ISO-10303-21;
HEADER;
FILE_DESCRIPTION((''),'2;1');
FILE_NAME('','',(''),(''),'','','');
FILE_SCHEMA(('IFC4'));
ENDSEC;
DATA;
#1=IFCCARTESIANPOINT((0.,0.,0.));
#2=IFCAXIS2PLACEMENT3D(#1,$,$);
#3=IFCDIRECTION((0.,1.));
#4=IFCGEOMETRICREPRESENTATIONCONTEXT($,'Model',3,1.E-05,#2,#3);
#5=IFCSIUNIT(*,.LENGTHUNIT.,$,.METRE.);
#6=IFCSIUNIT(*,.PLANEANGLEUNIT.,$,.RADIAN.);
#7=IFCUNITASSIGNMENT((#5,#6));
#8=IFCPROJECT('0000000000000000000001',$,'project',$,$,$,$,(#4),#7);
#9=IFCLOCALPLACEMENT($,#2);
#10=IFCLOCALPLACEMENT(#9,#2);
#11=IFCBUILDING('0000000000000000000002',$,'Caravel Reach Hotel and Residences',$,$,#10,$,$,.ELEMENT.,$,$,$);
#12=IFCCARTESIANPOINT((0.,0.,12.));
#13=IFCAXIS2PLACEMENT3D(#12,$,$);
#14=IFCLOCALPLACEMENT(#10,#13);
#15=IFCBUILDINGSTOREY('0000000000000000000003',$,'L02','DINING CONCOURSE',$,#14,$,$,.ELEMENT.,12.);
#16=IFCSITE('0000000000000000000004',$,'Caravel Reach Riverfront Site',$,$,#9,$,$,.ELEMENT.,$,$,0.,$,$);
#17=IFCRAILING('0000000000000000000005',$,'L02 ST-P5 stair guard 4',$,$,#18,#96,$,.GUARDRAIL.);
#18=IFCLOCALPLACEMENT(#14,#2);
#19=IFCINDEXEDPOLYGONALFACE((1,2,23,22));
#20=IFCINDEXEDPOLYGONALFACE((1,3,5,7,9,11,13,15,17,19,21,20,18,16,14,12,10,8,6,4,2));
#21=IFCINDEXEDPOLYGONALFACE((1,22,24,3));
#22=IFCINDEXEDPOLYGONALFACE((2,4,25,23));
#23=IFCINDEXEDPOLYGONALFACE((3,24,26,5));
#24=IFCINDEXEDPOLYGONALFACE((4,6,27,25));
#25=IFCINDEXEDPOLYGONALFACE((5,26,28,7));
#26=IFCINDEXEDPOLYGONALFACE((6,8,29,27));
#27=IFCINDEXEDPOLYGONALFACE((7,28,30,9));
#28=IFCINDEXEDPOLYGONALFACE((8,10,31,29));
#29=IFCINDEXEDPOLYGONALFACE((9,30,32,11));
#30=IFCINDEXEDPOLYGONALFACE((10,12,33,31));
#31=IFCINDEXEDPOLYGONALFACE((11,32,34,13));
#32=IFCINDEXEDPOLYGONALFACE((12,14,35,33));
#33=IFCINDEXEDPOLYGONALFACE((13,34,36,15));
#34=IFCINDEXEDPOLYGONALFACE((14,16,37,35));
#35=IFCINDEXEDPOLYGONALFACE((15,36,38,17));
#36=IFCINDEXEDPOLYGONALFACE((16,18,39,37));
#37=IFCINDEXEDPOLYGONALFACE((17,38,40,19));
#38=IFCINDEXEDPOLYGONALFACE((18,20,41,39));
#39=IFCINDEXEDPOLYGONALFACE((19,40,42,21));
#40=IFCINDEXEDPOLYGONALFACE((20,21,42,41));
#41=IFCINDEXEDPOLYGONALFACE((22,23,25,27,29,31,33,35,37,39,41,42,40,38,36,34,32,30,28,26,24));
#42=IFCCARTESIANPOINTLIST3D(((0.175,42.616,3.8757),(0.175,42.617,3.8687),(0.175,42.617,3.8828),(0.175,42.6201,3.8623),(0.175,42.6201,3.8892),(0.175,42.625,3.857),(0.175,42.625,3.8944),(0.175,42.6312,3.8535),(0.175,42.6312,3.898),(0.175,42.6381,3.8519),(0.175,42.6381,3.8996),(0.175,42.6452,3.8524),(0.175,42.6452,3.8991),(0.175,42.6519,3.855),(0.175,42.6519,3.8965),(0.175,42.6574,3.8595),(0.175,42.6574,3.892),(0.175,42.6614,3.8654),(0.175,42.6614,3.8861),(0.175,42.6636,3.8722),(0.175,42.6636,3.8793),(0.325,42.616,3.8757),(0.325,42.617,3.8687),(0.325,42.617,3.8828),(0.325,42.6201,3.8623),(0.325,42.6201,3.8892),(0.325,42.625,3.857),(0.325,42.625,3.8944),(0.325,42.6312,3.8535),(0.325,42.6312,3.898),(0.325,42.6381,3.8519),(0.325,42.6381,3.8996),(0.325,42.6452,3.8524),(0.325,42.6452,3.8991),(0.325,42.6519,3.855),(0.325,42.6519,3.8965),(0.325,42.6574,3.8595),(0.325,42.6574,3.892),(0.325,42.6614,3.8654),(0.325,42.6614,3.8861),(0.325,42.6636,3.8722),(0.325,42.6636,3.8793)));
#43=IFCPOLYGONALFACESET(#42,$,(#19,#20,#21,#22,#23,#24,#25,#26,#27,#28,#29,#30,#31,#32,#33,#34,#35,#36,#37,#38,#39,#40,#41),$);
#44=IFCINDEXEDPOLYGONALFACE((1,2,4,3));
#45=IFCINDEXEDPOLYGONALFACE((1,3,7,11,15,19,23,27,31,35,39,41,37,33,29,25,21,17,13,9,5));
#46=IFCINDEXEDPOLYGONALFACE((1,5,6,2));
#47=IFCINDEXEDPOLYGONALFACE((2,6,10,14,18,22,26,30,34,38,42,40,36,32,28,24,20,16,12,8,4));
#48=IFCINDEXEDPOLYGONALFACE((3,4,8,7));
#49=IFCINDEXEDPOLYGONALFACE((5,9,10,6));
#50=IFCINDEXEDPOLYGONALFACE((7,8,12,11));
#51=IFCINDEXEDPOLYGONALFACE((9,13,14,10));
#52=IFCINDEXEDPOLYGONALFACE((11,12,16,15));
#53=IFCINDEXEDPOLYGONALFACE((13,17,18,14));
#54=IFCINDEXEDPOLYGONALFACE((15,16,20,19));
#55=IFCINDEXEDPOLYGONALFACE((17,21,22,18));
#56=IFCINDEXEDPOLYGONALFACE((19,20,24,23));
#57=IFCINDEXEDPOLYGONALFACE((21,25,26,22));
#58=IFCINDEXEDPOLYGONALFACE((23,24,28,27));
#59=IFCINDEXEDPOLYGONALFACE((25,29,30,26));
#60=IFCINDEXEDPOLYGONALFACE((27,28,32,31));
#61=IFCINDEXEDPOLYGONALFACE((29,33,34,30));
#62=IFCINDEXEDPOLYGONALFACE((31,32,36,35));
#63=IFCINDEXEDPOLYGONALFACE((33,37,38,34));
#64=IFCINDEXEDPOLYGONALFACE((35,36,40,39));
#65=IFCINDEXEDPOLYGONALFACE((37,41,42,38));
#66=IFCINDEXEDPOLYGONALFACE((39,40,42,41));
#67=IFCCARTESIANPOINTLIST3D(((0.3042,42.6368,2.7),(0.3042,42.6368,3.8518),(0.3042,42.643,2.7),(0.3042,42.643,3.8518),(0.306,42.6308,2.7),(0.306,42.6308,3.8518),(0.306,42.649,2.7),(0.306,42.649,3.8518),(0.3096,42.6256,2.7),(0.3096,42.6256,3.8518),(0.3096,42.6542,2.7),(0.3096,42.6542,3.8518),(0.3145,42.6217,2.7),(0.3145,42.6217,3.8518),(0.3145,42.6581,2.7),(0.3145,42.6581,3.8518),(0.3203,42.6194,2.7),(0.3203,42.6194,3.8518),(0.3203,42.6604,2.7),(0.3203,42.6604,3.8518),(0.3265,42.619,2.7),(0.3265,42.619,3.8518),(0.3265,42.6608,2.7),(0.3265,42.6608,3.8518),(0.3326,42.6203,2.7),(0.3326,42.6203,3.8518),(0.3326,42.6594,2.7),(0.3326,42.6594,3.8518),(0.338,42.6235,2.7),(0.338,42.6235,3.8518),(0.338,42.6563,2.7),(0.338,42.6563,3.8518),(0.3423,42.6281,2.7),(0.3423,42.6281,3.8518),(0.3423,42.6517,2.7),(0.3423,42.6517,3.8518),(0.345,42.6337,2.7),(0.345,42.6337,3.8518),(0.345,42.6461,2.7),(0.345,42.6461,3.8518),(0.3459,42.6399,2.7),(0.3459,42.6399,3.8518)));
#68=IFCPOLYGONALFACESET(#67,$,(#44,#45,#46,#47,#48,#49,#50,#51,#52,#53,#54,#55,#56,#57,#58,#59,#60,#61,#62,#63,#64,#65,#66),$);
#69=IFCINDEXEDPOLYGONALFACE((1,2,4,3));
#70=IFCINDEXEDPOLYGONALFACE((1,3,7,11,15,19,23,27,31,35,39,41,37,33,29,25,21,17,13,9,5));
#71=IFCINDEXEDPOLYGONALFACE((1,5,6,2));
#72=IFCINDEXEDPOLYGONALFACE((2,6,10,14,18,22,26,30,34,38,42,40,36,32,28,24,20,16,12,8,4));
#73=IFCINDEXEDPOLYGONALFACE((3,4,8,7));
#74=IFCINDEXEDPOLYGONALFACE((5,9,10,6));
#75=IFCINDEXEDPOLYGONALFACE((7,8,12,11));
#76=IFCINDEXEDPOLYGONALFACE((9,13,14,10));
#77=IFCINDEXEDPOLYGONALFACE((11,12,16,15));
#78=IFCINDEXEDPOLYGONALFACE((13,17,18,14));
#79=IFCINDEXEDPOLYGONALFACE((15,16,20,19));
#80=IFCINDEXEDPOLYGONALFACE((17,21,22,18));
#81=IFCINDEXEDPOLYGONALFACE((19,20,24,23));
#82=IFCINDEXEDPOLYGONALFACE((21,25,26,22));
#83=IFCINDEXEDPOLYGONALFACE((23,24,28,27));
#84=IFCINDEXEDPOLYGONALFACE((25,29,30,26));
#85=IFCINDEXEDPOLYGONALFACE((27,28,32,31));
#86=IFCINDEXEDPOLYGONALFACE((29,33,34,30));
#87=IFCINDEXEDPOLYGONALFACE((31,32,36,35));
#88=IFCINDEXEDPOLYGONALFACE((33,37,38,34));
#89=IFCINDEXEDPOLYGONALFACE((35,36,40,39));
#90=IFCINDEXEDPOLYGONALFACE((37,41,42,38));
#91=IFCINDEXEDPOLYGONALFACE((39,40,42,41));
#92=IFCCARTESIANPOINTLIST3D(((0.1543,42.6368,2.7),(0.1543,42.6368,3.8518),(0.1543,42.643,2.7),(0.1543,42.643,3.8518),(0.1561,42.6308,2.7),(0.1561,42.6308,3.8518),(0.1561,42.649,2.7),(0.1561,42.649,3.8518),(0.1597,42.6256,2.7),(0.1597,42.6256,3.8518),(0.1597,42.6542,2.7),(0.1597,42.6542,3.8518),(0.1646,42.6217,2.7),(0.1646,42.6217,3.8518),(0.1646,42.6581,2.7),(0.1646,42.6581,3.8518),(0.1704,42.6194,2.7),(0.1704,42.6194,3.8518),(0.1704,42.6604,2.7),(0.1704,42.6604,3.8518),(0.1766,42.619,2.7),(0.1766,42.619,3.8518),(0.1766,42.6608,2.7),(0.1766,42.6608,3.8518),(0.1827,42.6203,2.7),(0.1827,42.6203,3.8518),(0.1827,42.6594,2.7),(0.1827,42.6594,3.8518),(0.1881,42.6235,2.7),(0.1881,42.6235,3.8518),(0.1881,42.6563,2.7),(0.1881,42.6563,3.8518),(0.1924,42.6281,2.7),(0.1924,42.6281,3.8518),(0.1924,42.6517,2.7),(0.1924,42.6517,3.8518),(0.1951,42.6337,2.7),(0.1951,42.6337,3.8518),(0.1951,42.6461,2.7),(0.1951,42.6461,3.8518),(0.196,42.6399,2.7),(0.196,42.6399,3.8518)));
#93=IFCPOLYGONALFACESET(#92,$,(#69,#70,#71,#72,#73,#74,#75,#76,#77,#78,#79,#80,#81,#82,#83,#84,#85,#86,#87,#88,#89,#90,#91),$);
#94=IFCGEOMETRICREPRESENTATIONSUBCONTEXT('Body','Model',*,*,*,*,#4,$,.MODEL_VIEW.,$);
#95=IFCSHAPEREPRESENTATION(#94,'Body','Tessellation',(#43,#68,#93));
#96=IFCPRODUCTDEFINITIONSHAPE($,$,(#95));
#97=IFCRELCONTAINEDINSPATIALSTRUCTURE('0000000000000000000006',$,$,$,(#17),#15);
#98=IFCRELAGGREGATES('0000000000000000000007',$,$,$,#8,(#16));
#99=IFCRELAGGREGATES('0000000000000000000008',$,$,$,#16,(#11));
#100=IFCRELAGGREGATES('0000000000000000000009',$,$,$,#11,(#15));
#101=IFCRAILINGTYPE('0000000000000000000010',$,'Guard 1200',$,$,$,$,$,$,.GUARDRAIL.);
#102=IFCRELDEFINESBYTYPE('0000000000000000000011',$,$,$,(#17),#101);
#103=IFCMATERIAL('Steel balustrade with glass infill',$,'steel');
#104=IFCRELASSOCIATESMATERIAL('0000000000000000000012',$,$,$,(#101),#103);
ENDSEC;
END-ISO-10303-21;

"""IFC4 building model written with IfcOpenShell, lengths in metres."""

from ifc_helpers import new_model, si_unit, direction, frame, origin, origin_2d, place, context, subcontext, project, spatial, circle, extrude, material, type_object, element, save


model = new_model("IFC4")

# Units and contexts
model_context = context("Model", 3, precision=1e-05, world=origin(), true_north=direction((0.0, 1.0)))
body_context = subcontext(model_context, "Body", "Model", "MODEL_VIEW")
ifc_project = project(units=[si_unit("LENGTHUNIT", "METRE"), si_unit("PLANEANGLEUNIT", "RADIAN")], contexts=[model_context])

# Site, building, storey
site_placement = place(None, origin())
site = spatial("IfcSite", under=ifc_project, at=site_placement, Name="Caravel Reach Riverfront Site", CompositionType="ELEMENT", RefElevation=0.0)
building_placement = place(site_placement, origin())
building = spatial("IfcBuilding", under=site, at=building_placement, Name="Caravel Reach Hotel and Residences", CompositionType="ELEMENT")
storey_placement = place(building_placement, frame((0.0, 0.0, 12.0)))
storey = spatial("IfcBuildingStorey", under=building, at=storey_placement, Name="L02", Description="DINING CONCOURSE", CompositionType="ELEMENT", Elevation=12.0)

# Railing
ifc_material_1 = material(Name="Steel balustrade with glass infill", Category="steel")
railing_type_1 = type_object("IfcRailingType", Name="Guard 1200", PredefinedType="GUARDRAIL", material=ifc_material_1)
railing_1_placement = place(storey_placement, frame((0.325, 42.6399, 2.7)))
element("IfcRailing", 1, at=railing_1_placement, inside=storey, type_object=railing_type_1, Name="L02 ST-P5 stair guard 4", PredefinedType="GUARDRAIL", context=body_context, shape_type="SweptSolid", body=[
    extrude(circle(Radius=0.0239, at=origin_2d()), frame((0.0, 0.0, 1.1758), z_axis=(-1.0, 0.0, 0.0), x_axis=(0.0, -1.0, 0.0)), (0.0, 0.0, 1.0), 0.1499),
    extrude(circle(Radius=0.021, at=origin_2d()), origin(), (0.0, 0.0, 1.0), 1.1519),
    extrude(circle(Radius=0.021, at=origin_2d()), frame((-0.1499, 0.0, 0.0)), (0.0, 0.0, 1.0), 1.1519),
])

save(model, "model.ifc")
